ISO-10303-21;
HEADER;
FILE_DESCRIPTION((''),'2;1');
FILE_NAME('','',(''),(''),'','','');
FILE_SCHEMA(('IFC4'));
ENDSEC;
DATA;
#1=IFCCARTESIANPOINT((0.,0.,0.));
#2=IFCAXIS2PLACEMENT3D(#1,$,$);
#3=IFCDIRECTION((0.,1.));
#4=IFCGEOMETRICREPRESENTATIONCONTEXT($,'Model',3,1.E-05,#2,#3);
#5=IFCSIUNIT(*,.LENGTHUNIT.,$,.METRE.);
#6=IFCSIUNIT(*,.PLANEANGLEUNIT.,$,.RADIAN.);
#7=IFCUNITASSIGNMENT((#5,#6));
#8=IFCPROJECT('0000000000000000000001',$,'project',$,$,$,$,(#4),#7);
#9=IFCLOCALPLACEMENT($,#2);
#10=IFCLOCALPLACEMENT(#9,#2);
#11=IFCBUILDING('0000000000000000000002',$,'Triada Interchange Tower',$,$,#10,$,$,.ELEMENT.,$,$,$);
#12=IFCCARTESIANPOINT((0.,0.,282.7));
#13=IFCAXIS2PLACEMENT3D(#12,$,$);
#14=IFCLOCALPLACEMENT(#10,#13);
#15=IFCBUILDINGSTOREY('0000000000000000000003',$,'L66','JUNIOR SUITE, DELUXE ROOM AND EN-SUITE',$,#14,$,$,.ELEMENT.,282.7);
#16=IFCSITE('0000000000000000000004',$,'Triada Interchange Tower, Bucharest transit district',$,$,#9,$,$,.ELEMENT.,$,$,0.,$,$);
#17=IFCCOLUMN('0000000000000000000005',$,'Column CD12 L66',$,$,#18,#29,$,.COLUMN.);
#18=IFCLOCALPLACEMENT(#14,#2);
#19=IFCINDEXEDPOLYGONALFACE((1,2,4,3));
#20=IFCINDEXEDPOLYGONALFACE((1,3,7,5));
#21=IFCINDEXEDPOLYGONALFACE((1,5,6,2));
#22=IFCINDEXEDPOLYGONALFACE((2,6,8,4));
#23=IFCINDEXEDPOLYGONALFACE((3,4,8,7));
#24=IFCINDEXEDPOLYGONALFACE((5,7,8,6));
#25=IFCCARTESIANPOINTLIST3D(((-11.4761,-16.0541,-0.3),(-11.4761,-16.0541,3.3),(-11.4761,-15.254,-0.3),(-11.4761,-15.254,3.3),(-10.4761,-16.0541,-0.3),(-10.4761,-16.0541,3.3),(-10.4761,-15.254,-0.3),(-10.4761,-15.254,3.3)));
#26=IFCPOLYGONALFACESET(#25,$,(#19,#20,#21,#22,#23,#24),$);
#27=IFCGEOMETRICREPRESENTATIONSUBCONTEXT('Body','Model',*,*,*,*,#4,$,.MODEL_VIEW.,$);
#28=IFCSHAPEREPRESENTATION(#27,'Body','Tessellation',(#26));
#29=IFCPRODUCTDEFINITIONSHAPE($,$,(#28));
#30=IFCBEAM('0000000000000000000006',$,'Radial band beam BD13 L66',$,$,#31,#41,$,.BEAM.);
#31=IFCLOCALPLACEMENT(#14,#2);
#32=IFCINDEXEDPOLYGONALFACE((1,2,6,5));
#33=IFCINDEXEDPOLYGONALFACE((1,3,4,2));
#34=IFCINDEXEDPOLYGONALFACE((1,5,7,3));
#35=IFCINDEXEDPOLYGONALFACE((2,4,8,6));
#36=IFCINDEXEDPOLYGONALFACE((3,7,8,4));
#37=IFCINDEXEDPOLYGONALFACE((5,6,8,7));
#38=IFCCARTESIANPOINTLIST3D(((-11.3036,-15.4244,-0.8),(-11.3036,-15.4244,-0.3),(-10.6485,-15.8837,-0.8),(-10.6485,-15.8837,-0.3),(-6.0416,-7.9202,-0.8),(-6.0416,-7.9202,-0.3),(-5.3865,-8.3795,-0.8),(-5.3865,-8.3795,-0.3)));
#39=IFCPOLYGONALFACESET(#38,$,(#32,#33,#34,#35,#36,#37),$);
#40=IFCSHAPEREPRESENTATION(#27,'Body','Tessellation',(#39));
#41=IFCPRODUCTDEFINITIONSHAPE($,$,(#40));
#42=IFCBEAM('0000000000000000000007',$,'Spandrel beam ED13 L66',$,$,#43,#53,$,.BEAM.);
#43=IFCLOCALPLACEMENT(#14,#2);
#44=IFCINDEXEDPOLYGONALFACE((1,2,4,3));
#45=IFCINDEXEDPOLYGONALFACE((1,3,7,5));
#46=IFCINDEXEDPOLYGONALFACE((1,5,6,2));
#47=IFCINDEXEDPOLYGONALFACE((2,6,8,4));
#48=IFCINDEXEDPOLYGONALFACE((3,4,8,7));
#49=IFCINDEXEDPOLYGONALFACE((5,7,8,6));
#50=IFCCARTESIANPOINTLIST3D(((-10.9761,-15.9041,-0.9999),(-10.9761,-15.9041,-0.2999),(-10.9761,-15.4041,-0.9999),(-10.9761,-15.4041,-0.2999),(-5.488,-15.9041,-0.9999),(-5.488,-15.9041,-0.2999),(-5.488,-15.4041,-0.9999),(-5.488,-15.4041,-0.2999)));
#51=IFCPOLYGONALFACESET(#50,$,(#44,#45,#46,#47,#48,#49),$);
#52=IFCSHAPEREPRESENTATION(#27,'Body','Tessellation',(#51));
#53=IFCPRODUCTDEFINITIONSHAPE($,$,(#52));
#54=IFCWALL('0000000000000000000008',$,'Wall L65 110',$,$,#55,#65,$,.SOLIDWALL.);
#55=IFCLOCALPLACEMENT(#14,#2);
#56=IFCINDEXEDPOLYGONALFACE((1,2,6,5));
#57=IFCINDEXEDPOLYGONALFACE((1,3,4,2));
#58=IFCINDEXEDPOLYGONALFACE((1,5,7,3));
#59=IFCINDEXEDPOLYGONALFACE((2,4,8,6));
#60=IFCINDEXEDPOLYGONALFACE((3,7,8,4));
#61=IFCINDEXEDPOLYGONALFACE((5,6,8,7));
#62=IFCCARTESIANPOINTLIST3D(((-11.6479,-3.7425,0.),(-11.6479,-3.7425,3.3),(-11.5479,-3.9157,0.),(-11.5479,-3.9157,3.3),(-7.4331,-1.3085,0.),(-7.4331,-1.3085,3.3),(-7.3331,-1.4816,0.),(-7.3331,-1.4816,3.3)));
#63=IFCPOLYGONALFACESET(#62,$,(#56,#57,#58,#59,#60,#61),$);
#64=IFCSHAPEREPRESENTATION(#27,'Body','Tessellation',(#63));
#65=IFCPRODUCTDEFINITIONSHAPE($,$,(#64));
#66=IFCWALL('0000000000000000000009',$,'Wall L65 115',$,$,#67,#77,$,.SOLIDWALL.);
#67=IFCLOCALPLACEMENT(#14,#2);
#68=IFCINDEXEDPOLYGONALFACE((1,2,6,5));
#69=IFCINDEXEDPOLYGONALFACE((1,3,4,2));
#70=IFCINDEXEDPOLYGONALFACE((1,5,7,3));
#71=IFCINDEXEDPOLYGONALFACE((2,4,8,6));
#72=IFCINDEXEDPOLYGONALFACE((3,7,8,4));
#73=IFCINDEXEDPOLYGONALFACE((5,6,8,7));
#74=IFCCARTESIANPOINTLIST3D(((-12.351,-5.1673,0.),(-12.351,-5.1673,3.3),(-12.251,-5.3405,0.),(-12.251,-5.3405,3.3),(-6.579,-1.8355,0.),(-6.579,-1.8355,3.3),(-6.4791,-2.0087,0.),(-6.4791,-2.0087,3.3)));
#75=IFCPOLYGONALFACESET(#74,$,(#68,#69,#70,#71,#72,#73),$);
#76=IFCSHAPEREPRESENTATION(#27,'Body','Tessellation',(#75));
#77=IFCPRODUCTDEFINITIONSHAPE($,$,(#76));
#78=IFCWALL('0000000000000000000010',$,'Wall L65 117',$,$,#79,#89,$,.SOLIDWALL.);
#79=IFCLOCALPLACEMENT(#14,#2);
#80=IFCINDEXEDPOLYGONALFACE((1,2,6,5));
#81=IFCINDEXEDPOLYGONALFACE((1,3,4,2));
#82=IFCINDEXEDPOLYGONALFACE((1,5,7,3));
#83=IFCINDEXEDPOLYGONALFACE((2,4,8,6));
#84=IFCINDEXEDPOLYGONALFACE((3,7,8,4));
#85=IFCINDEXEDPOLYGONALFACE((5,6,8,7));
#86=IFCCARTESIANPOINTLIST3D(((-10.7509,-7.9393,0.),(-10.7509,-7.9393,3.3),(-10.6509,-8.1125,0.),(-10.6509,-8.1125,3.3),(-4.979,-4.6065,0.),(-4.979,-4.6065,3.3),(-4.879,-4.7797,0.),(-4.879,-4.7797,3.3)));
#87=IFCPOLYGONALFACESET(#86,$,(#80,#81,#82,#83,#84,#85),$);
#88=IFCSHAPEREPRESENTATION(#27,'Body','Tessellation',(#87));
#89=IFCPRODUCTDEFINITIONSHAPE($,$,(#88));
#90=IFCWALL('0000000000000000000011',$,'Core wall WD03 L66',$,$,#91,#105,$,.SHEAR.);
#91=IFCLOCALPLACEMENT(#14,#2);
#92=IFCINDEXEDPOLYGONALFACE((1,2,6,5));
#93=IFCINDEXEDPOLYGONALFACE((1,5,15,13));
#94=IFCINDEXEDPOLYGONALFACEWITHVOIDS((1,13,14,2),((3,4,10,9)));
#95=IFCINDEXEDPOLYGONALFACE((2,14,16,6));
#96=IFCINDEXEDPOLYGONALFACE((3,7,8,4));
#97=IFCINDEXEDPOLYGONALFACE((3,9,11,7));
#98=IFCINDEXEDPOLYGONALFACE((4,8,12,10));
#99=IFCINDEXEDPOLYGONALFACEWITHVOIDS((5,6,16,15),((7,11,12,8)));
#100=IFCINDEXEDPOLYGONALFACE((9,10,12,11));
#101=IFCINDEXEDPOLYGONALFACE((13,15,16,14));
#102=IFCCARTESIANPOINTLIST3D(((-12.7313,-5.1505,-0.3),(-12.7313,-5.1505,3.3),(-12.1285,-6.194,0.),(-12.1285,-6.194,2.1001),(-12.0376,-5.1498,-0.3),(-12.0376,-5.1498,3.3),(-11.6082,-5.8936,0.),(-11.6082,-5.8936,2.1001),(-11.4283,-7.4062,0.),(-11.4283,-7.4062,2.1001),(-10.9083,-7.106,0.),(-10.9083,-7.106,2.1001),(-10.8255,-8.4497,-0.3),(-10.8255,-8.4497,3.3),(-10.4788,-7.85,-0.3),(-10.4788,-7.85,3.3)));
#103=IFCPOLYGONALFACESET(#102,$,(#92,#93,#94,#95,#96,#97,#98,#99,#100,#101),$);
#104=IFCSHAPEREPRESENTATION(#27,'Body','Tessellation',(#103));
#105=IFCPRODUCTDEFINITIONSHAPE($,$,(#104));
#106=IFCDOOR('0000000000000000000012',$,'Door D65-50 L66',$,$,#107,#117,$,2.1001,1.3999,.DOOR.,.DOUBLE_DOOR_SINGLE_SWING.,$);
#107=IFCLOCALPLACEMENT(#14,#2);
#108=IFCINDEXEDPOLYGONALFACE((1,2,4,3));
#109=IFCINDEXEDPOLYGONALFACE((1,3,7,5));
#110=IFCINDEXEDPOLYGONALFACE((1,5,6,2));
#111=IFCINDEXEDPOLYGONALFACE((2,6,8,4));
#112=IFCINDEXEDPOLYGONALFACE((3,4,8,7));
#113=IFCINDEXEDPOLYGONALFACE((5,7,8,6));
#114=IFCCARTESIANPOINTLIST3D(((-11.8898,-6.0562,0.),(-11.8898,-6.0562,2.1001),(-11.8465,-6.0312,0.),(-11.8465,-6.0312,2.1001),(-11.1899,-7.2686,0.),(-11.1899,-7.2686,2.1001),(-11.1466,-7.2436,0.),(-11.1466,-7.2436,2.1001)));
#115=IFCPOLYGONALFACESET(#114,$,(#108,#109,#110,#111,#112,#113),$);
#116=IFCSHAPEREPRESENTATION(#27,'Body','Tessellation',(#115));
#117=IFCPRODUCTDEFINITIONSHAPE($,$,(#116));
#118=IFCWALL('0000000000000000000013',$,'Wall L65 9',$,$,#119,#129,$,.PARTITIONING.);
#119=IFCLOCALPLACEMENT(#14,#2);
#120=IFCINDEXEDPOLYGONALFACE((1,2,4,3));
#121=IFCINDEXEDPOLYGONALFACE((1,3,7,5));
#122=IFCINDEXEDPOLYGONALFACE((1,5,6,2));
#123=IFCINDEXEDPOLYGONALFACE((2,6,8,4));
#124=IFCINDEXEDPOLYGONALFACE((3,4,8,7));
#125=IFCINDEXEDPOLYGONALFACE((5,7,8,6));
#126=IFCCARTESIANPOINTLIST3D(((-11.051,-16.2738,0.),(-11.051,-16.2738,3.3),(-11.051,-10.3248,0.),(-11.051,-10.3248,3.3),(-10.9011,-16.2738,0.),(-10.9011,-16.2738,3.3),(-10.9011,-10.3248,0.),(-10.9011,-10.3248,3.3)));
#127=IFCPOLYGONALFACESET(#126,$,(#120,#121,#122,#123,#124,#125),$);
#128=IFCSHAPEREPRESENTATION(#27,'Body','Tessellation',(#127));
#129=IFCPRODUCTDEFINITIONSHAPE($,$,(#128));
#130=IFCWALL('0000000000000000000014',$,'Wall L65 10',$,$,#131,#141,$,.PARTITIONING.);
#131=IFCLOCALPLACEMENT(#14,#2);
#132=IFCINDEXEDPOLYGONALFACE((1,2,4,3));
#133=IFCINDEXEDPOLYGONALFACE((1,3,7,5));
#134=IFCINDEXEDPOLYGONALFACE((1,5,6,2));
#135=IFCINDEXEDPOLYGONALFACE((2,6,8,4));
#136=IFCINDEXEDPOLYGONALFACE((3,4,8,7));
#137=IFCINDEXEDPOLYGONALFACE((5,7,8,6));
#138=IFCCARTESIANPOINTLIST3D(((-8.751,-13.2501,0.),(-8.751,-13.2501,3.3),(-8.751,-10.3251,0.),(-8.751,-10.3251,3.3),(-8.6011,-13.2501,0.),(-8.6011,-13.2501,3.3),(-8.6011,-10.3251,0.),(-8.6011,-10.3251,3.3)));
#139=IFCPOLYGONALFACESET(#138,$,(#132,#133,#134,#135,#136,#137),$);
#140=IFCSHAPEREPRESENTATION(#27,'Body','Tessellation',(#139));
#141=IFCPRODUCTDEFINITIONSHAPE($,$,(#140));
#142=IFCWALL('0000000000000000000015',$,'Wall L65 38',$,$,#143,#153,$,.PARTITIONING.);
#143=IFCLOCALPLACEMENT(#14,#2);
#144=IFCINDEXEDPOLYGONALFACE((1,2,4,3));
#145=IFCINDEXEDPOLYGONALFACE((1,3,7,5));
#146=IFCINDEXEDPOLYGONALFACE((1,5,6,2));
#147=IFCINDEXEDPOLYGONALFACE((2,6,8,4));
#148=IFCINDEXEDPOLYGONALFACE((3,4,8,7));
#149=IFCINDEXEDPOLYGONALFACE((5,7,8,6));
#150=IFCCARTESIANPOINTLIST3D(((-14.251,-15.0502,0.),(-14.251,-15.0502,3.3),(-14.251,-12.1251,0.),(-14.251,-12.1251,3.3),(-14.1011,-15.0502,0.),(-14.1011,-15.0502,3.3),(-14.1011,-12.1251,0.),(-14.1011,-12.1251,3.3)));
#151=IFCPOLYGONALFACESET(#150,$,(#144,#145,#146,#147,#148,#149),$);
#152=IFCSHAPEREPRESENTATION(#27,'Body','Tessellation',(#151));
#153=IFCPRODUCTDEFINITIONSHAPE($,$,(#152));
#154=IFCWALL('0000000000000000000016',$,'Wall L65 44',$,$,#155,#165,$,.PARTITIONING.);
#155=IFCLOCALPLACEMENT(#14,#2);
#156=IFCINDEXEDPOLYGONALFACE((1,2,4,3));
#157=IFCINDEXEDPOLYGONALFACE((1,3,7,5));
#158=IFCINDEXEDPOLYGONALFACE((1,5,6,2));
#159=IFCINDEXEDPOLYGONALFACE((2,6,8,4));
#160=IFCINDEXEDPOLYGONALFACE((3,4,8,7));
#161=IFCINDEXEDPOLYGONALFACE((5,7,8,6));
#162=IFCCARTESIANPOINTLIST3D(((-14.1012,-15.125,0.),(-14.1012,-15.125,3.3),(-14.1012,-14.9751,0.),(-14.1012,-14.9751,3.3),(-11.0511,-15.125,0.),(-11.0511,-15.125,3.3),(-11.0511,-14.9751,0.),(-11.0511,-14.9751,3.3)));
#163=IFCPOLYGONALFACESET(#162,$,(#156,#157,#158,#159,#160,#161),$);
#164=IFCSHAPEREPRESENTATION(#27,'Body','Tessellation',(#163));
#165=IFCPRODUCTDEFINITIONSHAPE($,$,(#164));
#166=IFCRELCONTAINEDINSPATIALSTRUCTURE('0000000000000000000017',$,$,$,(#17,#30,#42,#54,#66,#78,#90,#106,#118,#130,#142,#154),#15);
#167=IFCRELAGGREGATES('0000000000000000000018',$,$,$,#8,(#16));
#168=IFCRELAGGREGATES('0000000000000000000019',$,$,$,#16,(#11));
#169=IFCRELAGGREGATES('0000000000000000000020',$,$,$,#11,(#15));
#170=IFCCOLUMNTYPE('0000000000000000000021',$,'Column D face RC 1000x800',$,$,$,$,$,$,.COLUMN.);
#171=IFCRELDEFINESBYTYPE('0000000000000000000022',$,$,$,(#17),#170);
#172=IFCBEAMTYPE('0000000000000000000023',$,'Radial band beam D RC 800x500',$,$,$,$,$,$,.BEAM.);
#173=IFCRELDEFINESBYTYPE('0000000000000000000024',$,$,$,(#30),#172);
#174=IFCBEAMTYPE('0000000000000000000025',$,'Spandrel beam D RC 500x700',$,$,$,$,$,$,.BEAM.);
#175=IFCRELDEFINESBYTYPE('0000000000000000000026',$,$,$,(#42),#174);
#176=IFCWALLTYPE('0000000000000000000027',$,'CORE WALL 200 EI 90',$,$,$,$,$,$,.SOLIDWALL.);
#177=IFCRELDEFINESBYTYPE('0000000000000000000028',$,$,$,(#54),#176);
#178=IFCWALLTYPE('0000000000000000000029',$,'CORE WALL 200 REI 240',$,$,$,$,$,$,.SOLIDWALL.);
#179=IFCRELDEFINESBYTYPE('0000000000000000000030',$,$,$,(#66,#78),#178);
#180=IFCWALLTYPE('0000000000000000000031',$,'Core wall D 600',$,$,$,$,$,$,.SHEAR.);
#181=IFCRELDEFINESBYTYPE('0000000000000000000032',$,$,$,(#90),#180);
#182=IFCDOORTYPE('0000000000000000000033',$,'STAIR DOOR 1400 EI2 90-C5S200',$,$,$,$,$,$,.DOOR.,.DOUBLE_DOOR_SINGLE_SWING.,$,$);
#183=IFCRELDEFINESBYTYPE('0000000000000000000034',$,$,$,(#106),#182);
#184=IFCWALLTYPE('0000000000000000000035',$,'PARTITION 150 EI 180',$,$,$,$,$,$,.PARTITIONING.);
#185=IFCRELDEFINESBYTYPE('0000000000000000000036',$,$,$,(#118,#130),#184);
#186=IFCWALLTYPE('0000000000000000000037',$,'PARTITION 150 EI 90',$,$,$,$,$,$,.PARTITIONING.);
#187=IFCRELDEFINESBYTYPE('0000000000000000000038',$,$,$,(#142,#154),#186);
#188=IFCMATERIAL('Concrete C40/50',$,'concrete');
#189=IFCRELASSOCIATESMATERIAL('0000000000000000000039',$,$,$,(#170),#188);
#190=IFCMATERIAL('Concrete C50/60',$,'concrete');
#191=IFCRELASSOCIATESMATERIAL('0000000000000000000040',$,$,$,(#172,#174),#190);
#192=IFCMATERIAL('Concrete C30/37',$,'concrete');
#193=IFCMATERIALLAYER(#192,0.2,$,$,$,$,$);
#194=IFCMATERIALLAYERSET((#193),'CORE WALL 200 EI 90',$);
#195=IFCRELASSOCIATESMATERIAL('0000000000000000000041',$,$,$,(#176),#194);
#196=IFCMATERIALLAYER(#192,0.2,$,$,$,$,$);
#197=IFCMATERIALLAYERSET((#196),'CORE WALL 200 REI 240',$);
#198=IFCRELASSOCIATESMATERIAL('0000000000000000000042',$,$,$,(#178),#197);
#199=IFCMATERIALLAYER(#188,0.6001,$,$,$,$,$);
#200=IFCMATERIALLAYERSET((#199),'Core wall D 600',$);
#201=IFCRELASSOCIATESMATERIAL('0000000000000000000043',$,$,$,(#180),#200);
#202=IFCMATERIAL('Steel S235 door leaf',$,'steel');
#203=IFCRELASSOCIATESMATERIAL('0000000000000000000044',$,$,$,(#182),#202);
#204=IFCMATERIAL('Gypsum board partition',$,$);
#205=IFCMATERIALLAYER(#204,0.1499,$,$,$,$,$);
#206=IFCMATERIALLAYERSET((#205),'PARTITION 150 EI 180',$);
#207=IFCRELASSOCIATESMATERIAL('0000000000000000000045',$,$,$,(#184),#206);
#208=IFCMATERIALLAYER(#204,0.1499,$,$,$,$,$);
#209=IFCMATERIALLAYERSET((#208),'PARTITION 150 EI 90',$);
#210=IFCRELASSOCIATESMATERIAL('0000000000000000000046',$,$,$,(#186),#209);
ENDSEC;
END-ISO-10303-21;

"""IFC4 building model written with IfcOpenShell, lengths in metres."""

from ifc_helpers import new_model, si_unit, direction, frame, frame_2d, origin, origin_2d, place, context, subcontext, project, spatial, polyline, rectangle, outline, extrude, material, layer, layer_set, material_profile, profile_set, type_object, element, fill, save


model = new_model("IFC4")

# Units and contexts
model_context = context("Model", 3, precision=1e-05, world=origin(), true_north=direction((0.0, 1.0)))
body_context = subcontext(model_context, "Body", "Model", "MODEL_VIEW")
ifc_project = project(units=[si_unit("LENGTHUNIT", "METRE"), si_unit("PLANEANGLEUNIT", "RADIAN")], contexts=[model_context])

# Site, building, storey
site_placement = place(None, origin())
site = spatial("IfcSite", under=ifc_project, at=site_placement, Name="Triada Interchange Tower, Bucharest transit district", CompositionType="ELEMENT", RefElevation=0.0)
building_placement = place(site_placement, origin())
building = spatial("IfcBuilding", under=site, at=building_placement, Name="Triada Interchange Tower", CompositionType="ELEMENT")
storey_placement = place(building_placement, frame((0.0, 0.0, 282.7)))
storey = spatial("IfcBuildingStorey", under=building, at=storey_placement, Name="L66", Description="JUNIOR SUITE, DELUXE ROOM AND EN-SUITE", CompositionType="ELEMENT", Elevation=282.7)

# Column
ifc_material_1 = material(Name="Concrete C40/50", Category="concrete")
ifc_material_profile_1 = material_profile(ifc_material_1, rectangle(XDim=1.0, YDim=0.8, at=origin_2d()), Name="RC 1000x800")
ifc_profile_set_1 = profile_set([ifc_material_profile_1], Name="Concrete C40/50")
column_type = type_object("IfcColumnType", Name="Column D face RC 1000x800", PredefinedType="COLUMN", material=ifc_profile_set_1)
column_placement = place(storey_placement, frame((-10.9761, -15.6541, -0.3), z_axis=(0.0, 0.0, 1.0), x_axis=(1.0, 0.0, 0.0)))
element("IfcColumn", 1, at=column_placement, inside=storey, type_object=column_type, Name="Column CD12 L66", PredefinedType="COLUMN", context=body_context, shape_type="SweptSolid", body=[
    extrude(rectangle(XDim=1.0, YDim=0.8, at=origin_2d()), origin(), (0.0, 0.0, 1.0), 3.6001),
])

# Beams
ifc_material_2 = material(Name="Concrete C50/60", Category="concrete")
ifc_material_profile_2 = material_profile(ifc_material_2, rectangle(XDim=0.8, YDim=0.5, at=origin_2d()), Name="RC 800x500")
ifc_profile_set_2 = profile_set([ifc_material_profile_2], Name="Concrete C50/60")
beam_type_1 = type_object("IfcBeamType", Name="Radial band beam D RC 800x500", PredefinedType="BEAM", material=ifc_profile_set_2)
beam_1_placement = place(storey_placement, frame((-10.9761, -15.6541, -0.55), z_axis=(0.574125, 0.818767, 0.0), x_axis=(-0.818767, 0.574125, 0.0)))
element("IfcBeam", 2, at=beam_1_placement, inside=storey, type_object=beam_type_1, Name="Radial band beam BD13 L66", PredefinedType="BEAM", context=body_context, shape_type="SweptSolid", body=[
    extrude(rectangle(XDim=0.8, YDim=0.5, at=origin_2d()), origin(), (0.0, 0.0, 1.0), 9.1653),
])
ifc_material_profile_3 = material_profile(ifc_material_2, rectangle(XDim=0.5, YDim=0.7, at=origin_2d()), Name="RC 500x700")
ifc_profile_set_3 = profile_set([ifc_material_profile_3], Name="Concrete C50/60")
beam_type_2 = type_object("IfcBeamType", Name="Spandrel beam D RC 500x700", PredefinedType="BEAM", material=ifc_profile_set_3)
beam_2_placement = place(storey_placement, frame((-10.9761, -15.6541, -0.6499), z_axis=(1.0, 0.0, 0.0), x_axis=(0.0, 1.0, 0.0)))
element("IfcBeam", 3, at=beam_2_placement, inside=storey, type_object=beam_type_2, Name="Spandrel beam ED13 L66", PredefinedType="BEAM", context=body_context, shape_type="SweptSolid", body=[
    extrude(rectangle(XDim=0.5, YDim=0.7, at=origin_2d()), origin(), (0.0, 0.0, 1.0), 5.488),
])

# Walls
ifc_material_3 = material(Name="Concrete C30/37", Category="concrete")
ifc_layer_1 = layer(ifc_material_3, 0.2)
ifc_layer_set_1 = layer_set([ifc_layer_1], Name="CORE WALL 200 EI 90")
wall_type_1 = type_object("IfcWallType", Name="CORE WALL 200 EI 90", PredefinedType="SOLIDWALL", material=ifc_layer_set_1)
wall_1_placement = place(storey_placement, frame((-11.5979, -3.8291, 0.0), z_axis=(0.0, 0.0, 1.0), x_axis=(0.865968, 0.500099, 0.0)))
element("IfcWall", 4, at=wall_1_placement, inside=storey, type_object=wall_type_1, Name="Wall L65 110", PredefinedType="SOLIDWALL", context=body_context, shape_type="SweptSolid", body=[
    extrude(rectangle(XDim=4.8672, YDim=0.2, at=frame_2d((2.4336, 0.0))), origin(), (0.0, 0.0, 1.0), 3.3),
])
ifc_layer_2 = layer(ifc_material_3, 0.2)
ifc_layer_set_2 = layer_set([ifc_layer_2], Name="CORE WALL 200 REI 240")
wall_type_2 = type_object("IfcWallType", Name="CORE WALL 200 REI 240", PredefinedType="SOLIDWALL", material=ifc_layer_set_2)
wall_2_placement = place(storey_placement, frame((-12.301, -5.2539, 0.0), z_axis=(0.0, 0.0, 1.0), x_axis=(0.866068, 0.499925, 0.0)))
element("IfcWall", 5, at=wall_2_placement, inside=storey, type_object=wall_type_2, Name="Wall L65 115", PredefinedType="SOLIDWALL", context=body_context, shape_type="SweptSolid", body=[
    extrude(rectangle(XDim=6.6646, YDim=0.2, at=frame_2d((3.3323, 0.0))), origin(), (0.0, 0.0, 1.0), 3.3),
])
wall_3_placement = place(storey_placement, frame((-10.7009, -8.0259, 0.0), z_axis=(0.0, 0.0, 1.0), x_axis=(0.866005, 0.500035, 0.0)))
element("IfcWall", 6, at=wall_3_placement, inside=storey, type_object=wall_type_2, Name="Wall L65 117", PredefinedType="SOLIDWALL", context=body_context, shape_type="SweptSolid", body=[
    extrude(rectangle(XDim=6.665, YDim=0.2, at=frame_2d((3.3325, 0.0))), origin(), (0.0, 0.0, 1.0), 3.3),
])

# Wall, opening, door
ifc_layer_3 = layer(ifc_material_1, 0.6001)
ifc_layer_set_3 = layer_set([ifc_layer_3], Name="Core wall D 600")
wall_type_3 = type_object("IfcWallType", Name="Core wall D 600", PredefinedType="SHEAR", material=ifc_layer_set_3)
wall_4_placement = place(storey_placement, frame((-12.384, -5.1499, -0.3), z_axis=(0.0, 0.0, 1.0), x_axis=(0.499975, -0.86604, 0.0)))
wall_4 = element("IfcWall", 7, at=wall_4_placement, inside=storey, type_object=wall_type_3, Name="Core wall WD03 L66", PredefinedType="SHEAR", context=body_context, shape_type="SweptSolid", body=[
    extrude(outline(polyline([(-0.1731, -0.301), (1.7319, -0.3005), (3.637, -0.3), (3.291, 0.3), (1.7319, 0.3), (0.1731, 0.3), (-0.1731, -0.301)])), origin(), (0.0, 0.0, 1.0), 3.6001),
])
opening_1_placement = place(wall_4_placement, frame((1.032, 0.0, 0.3)))
opening_1 = element("IfcOpeningElement", 8, at=opening_1_placement, cuts=wall_4, PredefinedType="OPENING", context=body_context, shape_type="SweptSolid", body=[
    extrude(rectangle(XDim=1.3999, YDim=2.1001, at=frame_2d((0.7, 1.05))), frame((0.0, 0.3101, 0.0), z_axis=(0.0, -1.0, 0.0), x_axis=(1.0, 0.0, 0.0)), (0.0, 0.0, 1.0), 0.6211),
])
ifc_material_4 = material(Name="Steel S235 door leaf", Category="steel")
door_type_1 = type_object("IfcDoorType", Name="STAIR DOOR 1400 EI2 90-C5S200", OperationType="DOUBLE_DOOR_SINGLE_SWING", PredefinedType="DOOR", material=ifc_material_4)
door_1_placement = place(opening_1_placement, origin())
door_1 = element("IfcDoor", 9, at=door_1_placement, inside=storey, type_object=door_type_1, Name="Door D65-50 L66", OperationType="DOUBLE_DOOR_SINGLE_SWING", OverallHeight=2.1001, OverallWidth=1.3999, PredefinedType="DOOR", context=body_context, shape_type="SweptSolid", body=[
    extrude(rectangle(XDim=1.3999, YDim=2.1001, at=frame_2d((0.7, 1.05))), frame((0.0, 0.0249, 0.0), z_axis=(0.0, -1.0, 0.0), x_axis=(1.0, 0.0, 0.0)), (0.0, 0.0, 1.0), 0.05),
])
fill(opening_1, door_1)

# Walls
ifc_material_5 = material(Name="Gypsum board partition")
ifc_layer_4 = layer(ifc_material_5, 0.1499)
ifc_layer_set_4 = layer_set([ifc_layer_4], Name="PARTITION 150 EI 180")
wall_type_4 = type_object("IfcWallType", Name="PARTITION 150 EI 180", PredefinedType="PARTITIONING", material=ifc_layer_set_4)
wall_5_placement = place(storey_placement, frame((-10.9761, -16.2739, 0.0), z_axis=(0.0, 0.0, 1.0), x_axis=(0.0, 1.0, 0.0)))
element("IfcWall", 10, at=wall_5_placement, inside=storey, type_object=wall_type_4, Name="Wall L65 9", PredefinedType="PARTITIONING", context=body_context, shape_type="SweptSolid", body=[
    extrude(rectangle(XDim=5.949, YDim=0.1499, at=frame_2d((2.9746, 0.0))), origin(), (0.0, 0.0, 1.0), 3.3),
])
wall_6_placement = place(storey_placement, frame((-8.676, -13.25, 0.0), z_axis=(0.0, 0.0, 1.0), x_axis=(0.0, 1.0, 0.0)))
element("IfcWall", 11, at=wall_6_placement, inside=storey, type_object=wall_type_4, Name="Wall L65 10", PredefinedType="PARTITIONING", context=body_context, shape_type="SweptSolid", body=[
    extrude(rectangle(XDim=2.925, YDim=0.1499, at=frame_2d((1.4624, 0.0))), origin(), (0.0, 0.0, 1.0), 3.3),
])
ifc_layer_5 = layer(ifc_material_5, 0.1499)
ifc_layer_set_5 = layer_set([ifc_layer_5], Name="PARTITION 150 EI 90")
wall_type_5 = type_object("IfcWallType", Name="PARTITION 150 EI 90", PredefinedType="PARTITIONING", material=ifc_layer_set_5)
wall_7_placement = place(storey_placement, frame((-14.176, -15.05, 0.0), z_axis=(0.0, 0.0, 1.0), x_axis=(0.0, 1.0, 0.0)))
element("IfcWall", 12, at=wall_7_placement, inside=storey, type_object=wall_type_5, Name="Wall L65 38", PredefinedType="PARTITIONING", context=body_context, shape_type="SweptSolid", body=[
    extrude(rectangle(XDim=2.925, YDim=0.1499, at=frame_2d((1.4624, 0.0))), origin(), (0.0, 0.0, 1.0), 3.3),
])
wall_8_placement = place(storey_placement, frame((-14.1011, -15.05, 0.0), z_axis=(0.0, 0.0, 1.0), x_axis=(1.0, 0.0, 0.0)))
element("IfcWall", 13, at=wall_8_placement, inside=storey, type_object=wall_type_5, Name="Wall L65 44", PredefinedType="PARTITIONING", context=body_context, shape_type="SweptSolid", body=[
    extrude(rectangle(XDim=3.05, YDim=0.1499, at=frame_2d((1.5249, 0.0))), origin(), (0.0, 0.0, 1.0), 3.3),
])

save(model, "model.ifc")
